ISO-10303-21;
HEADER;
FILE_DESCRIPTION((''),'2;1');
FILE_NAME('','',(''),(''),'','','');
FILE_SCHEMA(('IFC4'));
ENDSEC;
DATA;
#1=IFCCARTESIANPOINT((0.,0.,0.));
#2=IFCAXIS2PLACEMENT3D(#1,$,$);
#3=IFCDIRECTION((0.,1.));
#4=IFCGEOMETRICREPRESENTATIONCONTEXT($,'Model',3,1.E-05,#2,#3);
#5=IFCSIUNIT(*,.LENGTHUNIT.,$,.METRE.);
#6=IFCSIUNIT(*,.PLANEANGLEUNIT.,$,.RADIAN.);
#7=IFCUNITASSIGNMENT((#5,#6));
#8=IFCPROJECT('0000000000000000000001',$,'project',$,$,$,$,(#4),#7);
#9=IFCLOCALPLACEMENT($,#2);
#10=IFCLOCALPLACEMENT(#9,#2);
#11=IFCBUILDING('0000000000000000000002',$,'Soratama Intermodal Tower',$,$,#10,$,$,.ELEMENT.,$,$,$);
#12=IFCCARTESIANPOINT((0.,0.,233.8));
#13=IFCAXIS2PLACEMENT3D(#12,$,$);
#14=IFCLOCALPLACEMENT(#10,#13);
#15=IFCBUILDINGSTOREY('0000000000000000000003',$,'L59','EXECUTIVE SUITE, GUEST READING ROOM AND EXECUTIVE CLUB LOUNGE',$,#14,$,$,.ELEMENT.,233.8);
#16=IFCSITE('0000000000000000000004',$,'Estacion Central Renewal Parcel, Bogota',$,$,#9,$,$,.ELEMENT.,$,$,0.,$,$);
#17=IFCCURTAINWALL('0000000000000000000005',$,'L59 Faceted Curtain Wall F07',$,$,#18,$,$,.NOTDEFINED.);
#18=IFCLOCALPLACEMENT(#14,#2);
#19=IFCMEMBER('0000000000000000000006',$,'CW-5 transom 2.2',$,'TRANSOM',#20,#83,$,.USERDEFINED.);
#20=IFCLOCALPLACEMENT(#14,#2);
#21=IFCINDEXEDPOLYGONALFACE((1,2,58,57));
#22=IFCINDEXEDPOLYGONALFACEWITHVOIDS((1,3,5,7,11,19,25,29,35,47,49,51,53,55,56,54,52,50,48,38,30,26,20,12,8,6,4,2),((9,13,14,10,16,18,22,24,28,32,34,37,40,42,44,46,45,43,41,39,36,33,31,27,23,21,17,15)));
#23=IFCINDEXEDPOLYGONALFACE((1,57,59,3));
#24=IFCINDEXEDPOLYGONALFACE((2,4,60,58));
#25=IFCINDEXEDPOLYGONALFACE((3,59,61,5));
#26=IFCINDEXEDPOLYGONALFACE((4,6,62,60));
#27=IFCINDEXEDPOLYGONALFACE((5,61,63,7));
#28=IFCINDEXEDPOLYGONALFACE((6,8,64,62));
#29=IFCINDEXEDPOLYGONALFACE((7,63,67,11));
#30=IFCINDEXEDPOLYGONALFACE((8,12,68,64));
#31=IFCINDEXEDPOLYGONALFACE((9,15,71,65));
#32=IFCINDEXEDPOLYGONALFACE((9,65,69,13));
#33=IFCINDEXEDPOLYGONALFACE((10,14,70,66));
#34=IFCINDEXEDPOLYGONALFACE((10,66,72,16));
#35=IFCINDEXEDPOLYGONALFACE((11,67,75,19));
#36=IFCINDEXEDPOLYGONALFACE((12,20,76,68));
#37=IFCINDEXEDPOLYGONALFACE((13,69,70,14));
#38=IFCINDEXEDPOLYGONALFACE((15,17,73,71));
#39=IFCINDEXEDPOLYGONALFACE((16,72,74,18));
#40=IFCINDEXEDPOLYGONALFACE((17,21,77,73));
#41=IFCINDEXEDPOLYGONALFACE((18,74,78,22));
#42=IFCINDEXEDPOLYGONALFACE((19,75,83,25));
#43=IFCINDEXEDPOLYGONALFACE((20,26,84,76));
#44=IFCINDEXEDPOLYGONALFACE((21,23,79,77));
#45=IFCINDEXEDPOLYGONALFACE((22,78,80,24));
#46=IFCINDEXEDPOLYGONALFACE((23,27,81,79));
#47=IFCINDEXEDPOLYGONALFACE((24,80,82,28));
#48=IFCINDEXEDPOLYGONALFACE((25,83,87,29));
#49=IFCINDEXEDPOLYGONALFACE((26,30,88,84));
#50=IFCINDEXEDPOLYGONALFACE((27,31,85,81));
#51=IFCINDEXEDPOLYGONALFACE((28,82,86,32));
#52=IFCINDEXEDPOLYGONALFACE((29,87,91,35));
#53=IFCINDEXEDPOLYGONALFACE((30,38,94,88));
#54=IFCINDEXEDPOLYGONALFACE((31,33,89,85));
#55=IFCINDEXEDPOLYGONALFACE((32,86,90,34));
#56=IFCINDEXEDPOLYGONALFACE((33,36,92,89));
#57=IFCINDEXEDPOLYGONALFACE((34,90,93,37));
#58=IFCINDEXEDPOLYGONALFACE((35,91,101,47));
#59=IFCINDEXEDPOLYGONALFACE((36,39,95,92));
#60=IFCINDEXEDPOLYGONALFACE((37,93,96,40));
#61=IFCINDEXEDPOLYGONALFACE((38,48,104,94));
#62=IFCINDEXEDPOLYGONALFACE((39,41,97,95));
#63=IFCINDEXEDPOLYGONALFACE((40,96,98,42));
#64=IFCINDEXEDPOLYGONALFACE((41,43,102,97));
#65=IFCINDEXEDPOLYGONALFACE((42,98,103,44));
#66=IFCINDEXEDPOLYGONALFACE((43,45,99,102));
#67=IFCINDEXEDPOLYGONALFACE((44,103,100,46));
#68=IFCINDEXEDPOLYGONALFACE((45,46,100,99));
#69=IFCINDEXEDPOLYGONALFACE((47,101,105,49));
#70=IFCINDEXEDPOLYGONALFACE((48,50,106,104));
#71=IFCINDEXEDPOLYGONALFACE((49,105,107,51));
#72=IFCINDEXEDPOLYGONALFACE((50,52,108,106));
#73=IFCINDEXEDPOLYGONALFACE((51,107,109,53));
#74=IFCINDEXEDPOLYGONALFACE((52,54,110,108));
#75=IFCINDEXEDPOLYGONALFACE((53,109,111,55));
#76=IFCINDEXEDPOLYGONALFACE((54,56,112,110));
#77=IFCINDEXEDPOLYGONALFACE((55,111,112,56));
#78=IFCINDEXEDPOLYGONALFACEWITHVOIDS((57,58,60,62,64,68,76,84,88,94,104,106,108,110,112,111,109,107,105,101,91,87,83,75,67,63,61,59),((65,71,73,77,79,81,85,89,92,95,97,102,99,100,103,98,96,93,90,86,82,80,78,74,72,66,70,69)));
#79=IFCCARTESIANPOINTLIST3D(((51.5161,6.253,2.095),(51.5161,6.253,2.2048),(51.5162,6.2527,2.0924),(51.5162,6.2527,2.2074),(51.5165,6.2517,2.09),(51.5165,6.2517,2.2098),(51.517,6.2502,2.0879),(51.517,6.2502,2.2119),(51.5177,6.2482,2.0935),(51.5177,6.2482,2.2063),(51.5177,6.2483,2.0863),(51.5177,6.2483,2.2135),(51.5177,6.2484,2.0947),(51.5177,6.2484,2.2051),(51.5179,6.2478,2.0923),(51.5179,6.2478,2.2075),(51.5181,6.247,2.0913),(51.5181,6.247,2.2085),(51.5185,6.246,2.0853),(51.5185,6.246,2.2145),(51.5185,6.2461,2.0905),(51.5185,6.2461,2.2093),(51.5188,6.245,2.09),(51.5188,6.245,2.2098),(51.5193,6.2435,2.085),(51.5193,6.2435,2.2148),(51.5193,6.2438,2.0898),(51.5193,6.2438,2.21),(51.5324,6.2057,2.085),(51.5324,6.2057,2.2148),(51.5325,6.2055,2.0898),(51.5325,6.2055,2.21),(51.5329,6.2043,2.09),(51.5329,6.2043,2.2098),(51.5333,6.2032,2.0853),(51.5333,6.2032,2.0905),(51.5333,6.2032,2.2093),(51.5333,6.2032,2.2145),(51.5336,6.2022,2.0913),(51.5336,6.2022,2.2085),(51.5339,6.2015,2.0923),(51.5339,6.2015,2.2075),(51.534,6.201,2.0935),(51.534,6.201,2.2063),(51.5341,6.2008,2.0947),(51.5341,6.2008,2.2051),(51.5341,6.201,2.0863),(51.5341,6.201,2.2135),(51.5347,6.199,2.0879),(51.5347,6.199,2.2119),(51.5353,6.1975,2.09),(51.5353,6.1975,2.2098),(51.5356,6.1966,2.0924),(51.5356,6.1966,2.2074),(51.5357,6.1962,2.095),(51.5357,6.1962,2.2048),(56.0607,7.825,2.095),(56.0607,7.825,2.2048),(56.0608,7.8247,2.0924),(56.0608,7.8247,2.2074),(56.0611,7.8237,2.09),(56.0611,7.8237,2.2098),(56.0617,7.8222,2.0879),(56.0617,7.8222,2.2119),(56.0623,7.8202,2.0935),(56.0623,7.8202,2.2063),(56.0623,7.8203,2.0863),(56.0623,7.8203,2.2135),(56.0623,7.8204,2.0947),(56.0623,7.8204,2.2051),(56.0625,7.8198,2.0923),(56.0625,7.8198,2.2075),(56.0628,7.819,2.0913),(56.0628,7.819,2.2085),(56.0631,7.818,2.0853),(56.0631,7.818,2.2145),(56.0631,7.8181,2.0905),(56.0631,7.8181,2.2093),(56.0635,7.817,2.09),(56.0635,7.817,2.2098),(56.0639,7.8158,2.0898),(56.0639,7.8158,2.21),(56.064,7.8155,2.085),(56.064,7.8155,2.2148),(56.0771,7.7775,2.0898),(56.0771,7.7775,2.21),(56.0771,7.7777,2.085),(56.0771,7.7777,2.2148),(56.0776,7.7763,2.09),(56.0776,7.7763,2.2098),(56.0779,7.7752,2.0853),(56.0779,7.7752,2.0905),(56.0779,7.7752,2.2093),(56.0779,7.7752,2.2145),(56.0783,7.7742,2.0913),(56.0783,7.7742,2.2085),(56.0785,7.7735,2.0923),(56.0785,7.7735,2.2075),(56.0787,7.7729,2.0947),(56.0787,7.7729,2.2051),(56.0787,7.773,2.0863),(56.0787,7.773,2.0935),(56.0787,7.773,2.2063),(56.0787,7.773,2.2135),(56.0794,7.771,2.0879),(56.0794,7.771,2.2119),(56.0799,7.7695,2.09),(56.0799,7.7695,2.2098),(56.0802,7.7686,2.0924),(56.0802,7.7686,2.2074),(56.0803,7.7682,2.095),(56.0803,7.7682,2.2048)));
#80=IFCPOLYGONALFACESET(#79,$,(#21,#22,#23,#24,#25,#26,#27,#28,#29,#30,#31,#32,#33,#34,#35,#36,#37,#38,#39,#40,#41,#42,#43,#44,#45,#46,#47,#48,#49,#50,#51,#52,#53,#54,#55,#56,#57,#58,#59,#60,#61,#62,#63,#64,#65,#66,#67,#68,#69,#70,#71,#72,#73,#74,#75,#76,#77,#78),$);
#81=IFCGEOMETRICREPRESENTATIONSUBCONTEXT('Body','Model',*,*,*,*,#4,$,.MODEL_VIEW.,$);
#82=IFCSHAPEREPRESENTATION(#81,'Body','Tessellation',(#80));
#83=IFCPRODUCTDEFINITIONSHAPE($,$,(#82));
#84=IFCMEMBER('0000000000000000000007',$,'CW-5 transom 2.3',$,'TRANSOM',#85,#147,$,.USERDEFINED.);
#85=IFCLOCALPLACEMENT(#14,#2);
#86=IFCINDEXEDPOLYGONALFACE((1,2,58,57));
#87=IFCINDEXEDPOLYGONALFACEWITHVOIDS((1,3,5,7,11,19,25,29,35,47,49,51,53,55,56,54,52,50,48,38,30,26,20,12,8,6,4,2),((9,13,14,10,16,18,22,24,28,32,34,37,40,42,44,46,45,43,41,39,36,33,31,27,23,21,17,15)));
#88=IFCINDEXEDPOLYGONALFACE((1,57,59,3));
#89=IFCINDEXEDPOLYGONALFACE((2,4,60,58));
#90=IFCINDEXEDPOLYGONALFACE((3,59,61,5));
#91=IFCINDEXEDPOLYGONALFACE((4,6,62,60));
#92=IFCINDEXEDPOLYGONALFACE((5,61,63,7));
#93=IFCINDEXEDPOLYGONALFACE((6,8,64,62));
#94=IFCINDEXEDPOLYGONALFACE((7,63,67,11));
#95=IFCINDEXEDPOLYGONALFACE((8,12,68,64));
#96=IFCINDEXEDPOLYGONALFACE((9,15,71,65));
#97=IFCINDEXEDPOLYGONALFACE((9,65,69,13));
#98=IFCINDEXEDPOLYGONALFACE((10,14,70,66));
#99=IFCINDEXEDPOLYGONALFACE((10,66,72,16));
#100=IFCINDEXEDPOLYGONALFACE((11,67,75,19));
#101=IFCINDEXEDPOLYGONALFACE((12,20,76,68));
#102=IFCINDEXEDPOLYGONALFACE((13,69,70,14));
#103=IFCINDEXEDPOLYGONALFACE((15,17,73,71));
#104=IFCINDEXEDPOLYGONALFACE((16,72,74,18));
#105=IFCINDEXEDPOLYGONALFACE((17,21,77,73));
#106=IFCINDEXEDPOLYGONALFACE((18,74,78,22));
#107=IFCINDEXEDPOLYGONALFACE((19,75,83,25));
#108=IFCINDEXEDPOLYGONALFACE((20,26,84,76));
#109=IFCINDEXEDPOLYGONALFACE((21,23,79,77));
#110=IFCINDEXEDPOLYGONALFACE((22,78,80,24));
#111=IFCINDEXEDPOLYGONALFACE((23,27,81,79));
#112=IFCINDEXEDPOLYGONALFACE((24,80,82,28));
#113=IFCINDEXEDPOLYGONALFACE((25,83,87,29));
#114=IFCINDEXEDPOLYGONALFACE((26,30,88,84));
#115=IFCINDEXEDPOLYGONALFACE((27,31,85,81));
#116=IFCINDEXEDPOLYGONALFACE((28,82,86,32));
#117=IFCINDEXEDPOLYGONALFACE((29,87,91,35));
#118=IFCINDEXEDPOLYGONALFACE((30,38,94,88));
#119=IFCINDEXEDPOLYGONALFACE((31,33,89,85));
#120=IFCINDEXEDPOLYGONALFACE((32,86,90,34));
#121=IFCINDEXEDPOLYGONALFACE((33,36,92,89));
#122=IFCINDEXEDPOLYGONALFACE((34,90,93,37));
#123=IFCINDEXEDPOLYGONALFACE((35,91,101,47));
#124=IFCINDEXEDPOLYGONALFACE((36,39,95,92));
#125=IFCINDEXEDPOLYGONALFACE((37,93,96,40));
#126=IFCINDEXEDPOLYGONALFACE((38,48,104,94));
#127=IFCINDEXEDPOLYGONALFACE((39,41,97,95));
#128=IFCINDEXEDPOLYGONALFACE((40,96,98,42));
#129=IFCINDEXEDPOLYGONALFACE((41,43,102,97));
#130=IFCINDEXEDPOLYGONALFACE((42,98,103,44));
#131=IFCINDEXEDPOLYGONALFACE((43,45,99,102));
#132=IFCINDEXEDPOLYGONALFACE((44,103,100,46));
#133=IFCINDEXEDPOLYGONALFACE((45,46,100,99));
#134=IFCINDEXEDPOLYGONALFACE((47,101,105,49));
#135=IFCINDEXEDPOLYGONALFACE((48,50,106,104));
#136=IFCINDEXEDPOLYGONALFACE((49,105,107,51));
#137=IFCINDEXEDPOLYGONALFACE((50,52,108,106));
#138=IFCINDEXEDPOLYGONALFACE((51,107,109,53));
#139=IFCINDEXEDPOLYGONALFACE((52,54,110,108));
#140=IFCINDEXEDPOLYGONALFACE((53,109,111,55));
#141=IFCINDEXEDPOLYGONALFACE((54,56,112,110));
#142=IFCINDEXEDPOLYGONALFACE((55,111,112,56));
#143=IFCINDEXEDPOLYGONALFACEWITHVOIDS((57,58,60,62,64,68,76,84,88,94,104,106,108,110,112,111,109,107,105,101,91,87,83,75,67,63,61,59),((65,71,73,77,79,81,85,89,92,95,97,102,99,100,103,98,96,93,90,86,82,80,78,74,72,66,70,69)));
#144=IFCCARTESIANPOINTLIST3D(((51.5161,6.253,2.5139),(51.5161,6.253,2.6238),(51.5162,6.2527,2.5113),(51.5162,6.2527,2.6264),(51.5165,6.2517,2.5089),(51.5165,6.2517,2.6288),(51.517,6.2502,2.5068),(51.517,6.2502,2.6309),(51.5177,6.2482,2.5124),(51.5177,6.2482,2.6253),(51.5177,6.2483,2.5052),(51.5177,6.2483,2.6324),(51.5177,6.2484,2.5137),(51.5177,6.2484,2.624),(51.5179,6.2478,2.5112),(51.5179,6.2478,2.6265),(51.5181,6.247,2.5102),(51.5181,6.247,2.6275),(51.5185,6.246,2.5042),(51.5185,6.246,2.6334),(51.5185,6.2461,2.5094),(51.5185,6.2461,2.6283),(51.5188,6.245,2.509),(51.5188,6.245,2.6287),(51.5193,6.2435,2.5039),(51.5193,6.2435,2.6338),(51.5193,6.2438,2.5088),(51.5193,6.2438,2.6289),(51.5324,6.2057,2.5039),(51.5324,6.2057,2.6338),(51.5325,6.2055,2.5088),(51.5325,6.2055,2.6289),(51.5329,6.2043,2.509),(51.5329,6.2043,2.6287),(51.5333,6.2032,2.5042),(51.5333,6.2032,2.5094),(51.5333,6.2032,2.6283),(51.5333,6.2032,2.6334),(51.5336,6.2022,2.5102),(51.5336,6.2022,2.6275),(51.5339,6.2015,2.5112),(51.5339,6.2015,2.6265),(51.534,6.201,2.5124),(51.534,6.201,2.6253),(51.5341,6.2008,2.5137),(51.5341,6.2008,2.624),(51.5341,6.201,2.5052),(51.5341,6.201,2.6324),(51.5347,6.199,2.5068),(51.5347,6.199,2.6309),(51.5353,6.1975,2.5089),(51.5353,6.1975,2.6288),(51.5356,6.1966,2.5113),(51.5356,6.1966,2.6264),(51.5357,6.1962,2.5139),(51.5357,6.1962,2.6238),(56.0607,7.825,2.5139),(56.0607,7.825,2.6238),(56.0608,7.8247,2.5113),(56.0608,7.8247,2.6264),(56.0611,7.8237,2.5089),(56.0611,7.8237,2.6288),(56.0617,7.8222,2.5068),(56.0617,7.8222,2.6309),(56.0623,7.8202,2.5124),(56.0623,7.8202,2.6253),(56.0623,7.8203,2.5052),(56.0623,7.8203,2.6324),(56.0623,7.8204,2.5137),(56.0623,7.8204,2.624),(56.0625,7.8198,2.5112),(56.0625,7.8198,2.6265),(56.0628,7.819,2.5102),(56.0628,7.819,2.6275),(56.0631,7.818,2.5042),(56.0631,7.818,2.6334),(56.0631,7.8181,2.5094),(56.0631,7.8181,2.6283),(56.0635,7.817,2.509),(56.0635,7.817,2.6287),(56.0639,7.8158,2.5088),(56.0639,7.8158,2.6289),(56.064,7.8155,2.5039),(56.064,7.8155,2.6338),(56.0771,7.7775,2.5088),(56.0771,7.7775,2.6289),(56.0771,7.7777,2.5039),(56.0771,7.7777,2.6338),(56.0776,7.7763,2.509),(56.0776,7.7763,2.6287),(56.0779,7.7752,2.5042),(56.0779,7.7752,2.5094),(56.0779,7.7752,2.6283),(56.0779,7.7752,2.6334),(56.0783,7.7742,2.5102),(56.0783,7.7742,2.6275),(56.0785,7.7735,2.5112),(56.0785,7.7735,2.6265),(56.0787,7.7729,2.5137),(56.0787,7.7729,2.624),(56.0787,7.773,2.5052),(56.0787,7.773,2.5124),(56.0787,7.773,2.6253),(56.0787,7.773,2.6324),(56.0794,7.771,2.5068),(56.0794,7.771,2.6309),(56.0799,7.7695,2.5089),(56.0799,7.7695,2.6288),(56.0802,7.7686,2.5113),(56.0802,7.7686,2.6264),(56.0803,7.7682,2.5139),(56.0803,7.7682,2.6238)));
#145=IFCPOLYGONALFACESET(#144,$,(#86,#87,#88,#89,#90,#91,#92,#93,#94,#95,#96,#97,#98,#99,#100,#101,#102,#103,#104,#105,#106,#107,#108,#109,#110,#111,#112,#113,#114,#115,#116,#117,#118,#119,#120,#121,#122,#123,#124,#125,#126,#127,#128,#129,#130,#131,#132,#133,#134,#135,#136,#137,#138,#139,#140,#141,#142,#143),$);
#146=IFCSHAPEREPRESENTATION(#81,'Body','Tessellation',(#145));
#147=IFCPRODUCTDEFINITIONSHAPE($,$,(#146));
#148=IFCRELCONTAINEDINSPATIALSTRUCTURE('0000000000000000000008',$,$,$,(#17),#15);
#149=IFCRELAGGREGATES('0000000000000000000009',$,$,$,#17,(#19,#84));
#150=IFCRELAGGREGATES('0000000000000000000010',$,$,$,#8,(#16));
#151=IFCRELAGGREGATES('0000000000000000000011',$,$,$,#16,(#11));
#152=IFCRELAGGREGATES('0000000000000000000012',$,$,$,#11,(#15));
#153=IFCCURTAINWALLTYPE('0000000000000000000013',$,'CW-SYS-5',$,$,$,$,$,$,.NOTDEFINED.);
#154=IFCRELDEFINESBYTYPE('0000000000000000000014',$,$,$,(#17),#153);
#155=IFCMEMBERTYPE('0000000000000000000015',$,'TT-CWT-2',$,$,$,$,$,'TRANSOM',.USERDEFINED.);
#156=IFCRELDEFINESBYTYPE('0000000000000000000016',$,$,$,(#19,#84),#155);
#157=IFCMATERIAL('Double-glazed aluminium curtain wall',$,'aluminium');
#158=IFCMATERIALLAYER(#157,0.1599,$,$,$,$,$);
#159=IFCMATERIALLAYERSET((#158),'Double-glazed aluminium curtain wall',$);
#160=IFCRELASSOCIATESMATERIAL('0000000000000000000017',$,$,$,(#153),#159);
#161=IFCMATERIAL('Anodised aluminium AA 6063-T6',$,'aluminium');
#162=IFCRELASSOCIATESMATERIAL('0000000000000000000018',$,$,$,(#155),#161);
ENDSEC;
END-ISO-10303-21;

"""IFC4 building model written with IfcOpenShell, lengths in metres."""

from ifc_helpers import new_model, si_unit, direction, frame, origin, origin_2d, place, context, subcontext, project, spatial, hollow_rectangle, extrude, material, layer, layer_set, material_profile, profile_set, type_object, element, aggregate, save


model = new_model("IFC4")

# Units and contexts
model_context = context("Model", 3, precision=1e-05, world=origin(), true_north=direction((0.0, 1.0)))
body_context = subcontext(model_context, "Body", "Model", "MODEL_VIEW")
ifc_project = project(units=[si_unit("LENGTHUNIT", "METRE"), si_unit("PLANEANGLEUNIT", "RADIAN")], contexts=[model_context])

# Site, building, storey
site_placement = place(None, origin())
site = spatial("IfcSite", under=ifc_project, at=site_placement, Name="Estacion Central Renewal Parcel, Bogota", CompositionType="ELEMENT", RefElevation=0.0)
building_placement = place(site_placement, origin())
building = spatial("IfcBuilding", under=site, at=building_placement, Name="Soratama Intermodal Tower", CompositionType="ELEMENT")
storey_placement = place(building_placement, frame((0.0, 0.0, 233.8)))
storey = spatial("IfcBuildingStorey", under=building, at=storey_placement, Name="L59", Description="EXECUTIVE SUITE, GUEST READING ROOM AND EXECUTIVE CLUB LOUNGE", CompositionType="ELEMENT", Elevation=233.8)

# Curtain wall
ifc_material_1 = material(Name="Double-glazed aluminium curtain wall", Category="aluminium")
ifc_layer_1 = layer(ifc_material_1, 0.1599)
ifc_layer_set_1 = layer_set([ifc_layer_1], Name="Double-glazed aluminium curtain wall")
curtain_wall_type = type_object("IfcCurtainWallType", Name="CW-SYS-5", PredefinedType="NOTDEFINED", material=ifc_layer_set_1)
curtain_wall_1_placement = place(storey_placement, origin())
curtain_wall_1 = element("IfcCurtainWall", 1, at=curtain_wall_1_placement, inside=storey, type_object=curtain_wall_type, Name="L59 Faceted Curtain Wall F07", PredefinedType="NOTDEFINED")

# Members
ifc_material_2 = material(Name="Anodised aluminium AA 6063-T6", Category="aluminium")
ifc_material_profile_1 = material_profile(ifc_material_2, hollow_rectangle(XDim=0.0601, YDim=0.1299, WallThickness=0.0049, InnerFilletRadius=0.0049, OuterFilletRadius=0.01, at=origin_2d()), Name="CWT130X60X5")
ifc_profile_set_1 = profile_set([ifc_material_profile_1], Name="Anodised aluminium AA 6063-T6")
member_type_1 = type_object("IfcMemberType", Name="TT-CWT-2", ElementType="TRANSOM", PredefinedType="USERDEFINED", material=ifc_profile_set_1)
member_1_placement = place(storey_placement, frame((51.5259, 6.2246, 2.1499), z_axis=(0.945059, 0.3269, 0.0), x_axis=(-0.3269, 0.945059, 0.0)))
member_1 = element("IfcMember", 2, at=member_1_placement, type_object=member_type_1, Name="CW-5 transom 2.2", ObjectType="TRANSOM", PredefinedType="USERDEFINED", context=body_context, shape_type="SweptSolid", body=[
    extrude(hollow_rectangle(XDim=0.0601, YDim=0.1299, WallThickness=0.0049, InnerFilletRadius=0.0049, OuterFilletRadius=0.01, at=origin_2d()), origin(), (0.0, 0.0, 1.0), 4.8088),
])
member_2_placement = place(storey_placement, frame((51.5259, 6.2246, 2.5688), z_axis=(0.945059, 0.3269, 0.0), x_axis=(-0.3269, 0.945059, 0.0)))
member_2 = element("IfcMember", 3, at=member_2_placement, type_object=member_type_1, Name="CW-5 transom 2.3", ObjectType="TRANSOM", PredefinedType="USERDEFINED", context=body_context, shape_type="SweptSolid", body=[
    extrude(hollow_rectangle(XDim=0.0601, YDim=0.1299, WallThickness=0.0049, InnerFilletRadius=0.0049, OuterFilletRadius=0.01, at=origin_2d()), origin(), (0.0, 0.0, 1.0), 4.8088),
])

aggregate(curtain_wall_1, [member_1, member_2])

save(model, "model.ifc")
